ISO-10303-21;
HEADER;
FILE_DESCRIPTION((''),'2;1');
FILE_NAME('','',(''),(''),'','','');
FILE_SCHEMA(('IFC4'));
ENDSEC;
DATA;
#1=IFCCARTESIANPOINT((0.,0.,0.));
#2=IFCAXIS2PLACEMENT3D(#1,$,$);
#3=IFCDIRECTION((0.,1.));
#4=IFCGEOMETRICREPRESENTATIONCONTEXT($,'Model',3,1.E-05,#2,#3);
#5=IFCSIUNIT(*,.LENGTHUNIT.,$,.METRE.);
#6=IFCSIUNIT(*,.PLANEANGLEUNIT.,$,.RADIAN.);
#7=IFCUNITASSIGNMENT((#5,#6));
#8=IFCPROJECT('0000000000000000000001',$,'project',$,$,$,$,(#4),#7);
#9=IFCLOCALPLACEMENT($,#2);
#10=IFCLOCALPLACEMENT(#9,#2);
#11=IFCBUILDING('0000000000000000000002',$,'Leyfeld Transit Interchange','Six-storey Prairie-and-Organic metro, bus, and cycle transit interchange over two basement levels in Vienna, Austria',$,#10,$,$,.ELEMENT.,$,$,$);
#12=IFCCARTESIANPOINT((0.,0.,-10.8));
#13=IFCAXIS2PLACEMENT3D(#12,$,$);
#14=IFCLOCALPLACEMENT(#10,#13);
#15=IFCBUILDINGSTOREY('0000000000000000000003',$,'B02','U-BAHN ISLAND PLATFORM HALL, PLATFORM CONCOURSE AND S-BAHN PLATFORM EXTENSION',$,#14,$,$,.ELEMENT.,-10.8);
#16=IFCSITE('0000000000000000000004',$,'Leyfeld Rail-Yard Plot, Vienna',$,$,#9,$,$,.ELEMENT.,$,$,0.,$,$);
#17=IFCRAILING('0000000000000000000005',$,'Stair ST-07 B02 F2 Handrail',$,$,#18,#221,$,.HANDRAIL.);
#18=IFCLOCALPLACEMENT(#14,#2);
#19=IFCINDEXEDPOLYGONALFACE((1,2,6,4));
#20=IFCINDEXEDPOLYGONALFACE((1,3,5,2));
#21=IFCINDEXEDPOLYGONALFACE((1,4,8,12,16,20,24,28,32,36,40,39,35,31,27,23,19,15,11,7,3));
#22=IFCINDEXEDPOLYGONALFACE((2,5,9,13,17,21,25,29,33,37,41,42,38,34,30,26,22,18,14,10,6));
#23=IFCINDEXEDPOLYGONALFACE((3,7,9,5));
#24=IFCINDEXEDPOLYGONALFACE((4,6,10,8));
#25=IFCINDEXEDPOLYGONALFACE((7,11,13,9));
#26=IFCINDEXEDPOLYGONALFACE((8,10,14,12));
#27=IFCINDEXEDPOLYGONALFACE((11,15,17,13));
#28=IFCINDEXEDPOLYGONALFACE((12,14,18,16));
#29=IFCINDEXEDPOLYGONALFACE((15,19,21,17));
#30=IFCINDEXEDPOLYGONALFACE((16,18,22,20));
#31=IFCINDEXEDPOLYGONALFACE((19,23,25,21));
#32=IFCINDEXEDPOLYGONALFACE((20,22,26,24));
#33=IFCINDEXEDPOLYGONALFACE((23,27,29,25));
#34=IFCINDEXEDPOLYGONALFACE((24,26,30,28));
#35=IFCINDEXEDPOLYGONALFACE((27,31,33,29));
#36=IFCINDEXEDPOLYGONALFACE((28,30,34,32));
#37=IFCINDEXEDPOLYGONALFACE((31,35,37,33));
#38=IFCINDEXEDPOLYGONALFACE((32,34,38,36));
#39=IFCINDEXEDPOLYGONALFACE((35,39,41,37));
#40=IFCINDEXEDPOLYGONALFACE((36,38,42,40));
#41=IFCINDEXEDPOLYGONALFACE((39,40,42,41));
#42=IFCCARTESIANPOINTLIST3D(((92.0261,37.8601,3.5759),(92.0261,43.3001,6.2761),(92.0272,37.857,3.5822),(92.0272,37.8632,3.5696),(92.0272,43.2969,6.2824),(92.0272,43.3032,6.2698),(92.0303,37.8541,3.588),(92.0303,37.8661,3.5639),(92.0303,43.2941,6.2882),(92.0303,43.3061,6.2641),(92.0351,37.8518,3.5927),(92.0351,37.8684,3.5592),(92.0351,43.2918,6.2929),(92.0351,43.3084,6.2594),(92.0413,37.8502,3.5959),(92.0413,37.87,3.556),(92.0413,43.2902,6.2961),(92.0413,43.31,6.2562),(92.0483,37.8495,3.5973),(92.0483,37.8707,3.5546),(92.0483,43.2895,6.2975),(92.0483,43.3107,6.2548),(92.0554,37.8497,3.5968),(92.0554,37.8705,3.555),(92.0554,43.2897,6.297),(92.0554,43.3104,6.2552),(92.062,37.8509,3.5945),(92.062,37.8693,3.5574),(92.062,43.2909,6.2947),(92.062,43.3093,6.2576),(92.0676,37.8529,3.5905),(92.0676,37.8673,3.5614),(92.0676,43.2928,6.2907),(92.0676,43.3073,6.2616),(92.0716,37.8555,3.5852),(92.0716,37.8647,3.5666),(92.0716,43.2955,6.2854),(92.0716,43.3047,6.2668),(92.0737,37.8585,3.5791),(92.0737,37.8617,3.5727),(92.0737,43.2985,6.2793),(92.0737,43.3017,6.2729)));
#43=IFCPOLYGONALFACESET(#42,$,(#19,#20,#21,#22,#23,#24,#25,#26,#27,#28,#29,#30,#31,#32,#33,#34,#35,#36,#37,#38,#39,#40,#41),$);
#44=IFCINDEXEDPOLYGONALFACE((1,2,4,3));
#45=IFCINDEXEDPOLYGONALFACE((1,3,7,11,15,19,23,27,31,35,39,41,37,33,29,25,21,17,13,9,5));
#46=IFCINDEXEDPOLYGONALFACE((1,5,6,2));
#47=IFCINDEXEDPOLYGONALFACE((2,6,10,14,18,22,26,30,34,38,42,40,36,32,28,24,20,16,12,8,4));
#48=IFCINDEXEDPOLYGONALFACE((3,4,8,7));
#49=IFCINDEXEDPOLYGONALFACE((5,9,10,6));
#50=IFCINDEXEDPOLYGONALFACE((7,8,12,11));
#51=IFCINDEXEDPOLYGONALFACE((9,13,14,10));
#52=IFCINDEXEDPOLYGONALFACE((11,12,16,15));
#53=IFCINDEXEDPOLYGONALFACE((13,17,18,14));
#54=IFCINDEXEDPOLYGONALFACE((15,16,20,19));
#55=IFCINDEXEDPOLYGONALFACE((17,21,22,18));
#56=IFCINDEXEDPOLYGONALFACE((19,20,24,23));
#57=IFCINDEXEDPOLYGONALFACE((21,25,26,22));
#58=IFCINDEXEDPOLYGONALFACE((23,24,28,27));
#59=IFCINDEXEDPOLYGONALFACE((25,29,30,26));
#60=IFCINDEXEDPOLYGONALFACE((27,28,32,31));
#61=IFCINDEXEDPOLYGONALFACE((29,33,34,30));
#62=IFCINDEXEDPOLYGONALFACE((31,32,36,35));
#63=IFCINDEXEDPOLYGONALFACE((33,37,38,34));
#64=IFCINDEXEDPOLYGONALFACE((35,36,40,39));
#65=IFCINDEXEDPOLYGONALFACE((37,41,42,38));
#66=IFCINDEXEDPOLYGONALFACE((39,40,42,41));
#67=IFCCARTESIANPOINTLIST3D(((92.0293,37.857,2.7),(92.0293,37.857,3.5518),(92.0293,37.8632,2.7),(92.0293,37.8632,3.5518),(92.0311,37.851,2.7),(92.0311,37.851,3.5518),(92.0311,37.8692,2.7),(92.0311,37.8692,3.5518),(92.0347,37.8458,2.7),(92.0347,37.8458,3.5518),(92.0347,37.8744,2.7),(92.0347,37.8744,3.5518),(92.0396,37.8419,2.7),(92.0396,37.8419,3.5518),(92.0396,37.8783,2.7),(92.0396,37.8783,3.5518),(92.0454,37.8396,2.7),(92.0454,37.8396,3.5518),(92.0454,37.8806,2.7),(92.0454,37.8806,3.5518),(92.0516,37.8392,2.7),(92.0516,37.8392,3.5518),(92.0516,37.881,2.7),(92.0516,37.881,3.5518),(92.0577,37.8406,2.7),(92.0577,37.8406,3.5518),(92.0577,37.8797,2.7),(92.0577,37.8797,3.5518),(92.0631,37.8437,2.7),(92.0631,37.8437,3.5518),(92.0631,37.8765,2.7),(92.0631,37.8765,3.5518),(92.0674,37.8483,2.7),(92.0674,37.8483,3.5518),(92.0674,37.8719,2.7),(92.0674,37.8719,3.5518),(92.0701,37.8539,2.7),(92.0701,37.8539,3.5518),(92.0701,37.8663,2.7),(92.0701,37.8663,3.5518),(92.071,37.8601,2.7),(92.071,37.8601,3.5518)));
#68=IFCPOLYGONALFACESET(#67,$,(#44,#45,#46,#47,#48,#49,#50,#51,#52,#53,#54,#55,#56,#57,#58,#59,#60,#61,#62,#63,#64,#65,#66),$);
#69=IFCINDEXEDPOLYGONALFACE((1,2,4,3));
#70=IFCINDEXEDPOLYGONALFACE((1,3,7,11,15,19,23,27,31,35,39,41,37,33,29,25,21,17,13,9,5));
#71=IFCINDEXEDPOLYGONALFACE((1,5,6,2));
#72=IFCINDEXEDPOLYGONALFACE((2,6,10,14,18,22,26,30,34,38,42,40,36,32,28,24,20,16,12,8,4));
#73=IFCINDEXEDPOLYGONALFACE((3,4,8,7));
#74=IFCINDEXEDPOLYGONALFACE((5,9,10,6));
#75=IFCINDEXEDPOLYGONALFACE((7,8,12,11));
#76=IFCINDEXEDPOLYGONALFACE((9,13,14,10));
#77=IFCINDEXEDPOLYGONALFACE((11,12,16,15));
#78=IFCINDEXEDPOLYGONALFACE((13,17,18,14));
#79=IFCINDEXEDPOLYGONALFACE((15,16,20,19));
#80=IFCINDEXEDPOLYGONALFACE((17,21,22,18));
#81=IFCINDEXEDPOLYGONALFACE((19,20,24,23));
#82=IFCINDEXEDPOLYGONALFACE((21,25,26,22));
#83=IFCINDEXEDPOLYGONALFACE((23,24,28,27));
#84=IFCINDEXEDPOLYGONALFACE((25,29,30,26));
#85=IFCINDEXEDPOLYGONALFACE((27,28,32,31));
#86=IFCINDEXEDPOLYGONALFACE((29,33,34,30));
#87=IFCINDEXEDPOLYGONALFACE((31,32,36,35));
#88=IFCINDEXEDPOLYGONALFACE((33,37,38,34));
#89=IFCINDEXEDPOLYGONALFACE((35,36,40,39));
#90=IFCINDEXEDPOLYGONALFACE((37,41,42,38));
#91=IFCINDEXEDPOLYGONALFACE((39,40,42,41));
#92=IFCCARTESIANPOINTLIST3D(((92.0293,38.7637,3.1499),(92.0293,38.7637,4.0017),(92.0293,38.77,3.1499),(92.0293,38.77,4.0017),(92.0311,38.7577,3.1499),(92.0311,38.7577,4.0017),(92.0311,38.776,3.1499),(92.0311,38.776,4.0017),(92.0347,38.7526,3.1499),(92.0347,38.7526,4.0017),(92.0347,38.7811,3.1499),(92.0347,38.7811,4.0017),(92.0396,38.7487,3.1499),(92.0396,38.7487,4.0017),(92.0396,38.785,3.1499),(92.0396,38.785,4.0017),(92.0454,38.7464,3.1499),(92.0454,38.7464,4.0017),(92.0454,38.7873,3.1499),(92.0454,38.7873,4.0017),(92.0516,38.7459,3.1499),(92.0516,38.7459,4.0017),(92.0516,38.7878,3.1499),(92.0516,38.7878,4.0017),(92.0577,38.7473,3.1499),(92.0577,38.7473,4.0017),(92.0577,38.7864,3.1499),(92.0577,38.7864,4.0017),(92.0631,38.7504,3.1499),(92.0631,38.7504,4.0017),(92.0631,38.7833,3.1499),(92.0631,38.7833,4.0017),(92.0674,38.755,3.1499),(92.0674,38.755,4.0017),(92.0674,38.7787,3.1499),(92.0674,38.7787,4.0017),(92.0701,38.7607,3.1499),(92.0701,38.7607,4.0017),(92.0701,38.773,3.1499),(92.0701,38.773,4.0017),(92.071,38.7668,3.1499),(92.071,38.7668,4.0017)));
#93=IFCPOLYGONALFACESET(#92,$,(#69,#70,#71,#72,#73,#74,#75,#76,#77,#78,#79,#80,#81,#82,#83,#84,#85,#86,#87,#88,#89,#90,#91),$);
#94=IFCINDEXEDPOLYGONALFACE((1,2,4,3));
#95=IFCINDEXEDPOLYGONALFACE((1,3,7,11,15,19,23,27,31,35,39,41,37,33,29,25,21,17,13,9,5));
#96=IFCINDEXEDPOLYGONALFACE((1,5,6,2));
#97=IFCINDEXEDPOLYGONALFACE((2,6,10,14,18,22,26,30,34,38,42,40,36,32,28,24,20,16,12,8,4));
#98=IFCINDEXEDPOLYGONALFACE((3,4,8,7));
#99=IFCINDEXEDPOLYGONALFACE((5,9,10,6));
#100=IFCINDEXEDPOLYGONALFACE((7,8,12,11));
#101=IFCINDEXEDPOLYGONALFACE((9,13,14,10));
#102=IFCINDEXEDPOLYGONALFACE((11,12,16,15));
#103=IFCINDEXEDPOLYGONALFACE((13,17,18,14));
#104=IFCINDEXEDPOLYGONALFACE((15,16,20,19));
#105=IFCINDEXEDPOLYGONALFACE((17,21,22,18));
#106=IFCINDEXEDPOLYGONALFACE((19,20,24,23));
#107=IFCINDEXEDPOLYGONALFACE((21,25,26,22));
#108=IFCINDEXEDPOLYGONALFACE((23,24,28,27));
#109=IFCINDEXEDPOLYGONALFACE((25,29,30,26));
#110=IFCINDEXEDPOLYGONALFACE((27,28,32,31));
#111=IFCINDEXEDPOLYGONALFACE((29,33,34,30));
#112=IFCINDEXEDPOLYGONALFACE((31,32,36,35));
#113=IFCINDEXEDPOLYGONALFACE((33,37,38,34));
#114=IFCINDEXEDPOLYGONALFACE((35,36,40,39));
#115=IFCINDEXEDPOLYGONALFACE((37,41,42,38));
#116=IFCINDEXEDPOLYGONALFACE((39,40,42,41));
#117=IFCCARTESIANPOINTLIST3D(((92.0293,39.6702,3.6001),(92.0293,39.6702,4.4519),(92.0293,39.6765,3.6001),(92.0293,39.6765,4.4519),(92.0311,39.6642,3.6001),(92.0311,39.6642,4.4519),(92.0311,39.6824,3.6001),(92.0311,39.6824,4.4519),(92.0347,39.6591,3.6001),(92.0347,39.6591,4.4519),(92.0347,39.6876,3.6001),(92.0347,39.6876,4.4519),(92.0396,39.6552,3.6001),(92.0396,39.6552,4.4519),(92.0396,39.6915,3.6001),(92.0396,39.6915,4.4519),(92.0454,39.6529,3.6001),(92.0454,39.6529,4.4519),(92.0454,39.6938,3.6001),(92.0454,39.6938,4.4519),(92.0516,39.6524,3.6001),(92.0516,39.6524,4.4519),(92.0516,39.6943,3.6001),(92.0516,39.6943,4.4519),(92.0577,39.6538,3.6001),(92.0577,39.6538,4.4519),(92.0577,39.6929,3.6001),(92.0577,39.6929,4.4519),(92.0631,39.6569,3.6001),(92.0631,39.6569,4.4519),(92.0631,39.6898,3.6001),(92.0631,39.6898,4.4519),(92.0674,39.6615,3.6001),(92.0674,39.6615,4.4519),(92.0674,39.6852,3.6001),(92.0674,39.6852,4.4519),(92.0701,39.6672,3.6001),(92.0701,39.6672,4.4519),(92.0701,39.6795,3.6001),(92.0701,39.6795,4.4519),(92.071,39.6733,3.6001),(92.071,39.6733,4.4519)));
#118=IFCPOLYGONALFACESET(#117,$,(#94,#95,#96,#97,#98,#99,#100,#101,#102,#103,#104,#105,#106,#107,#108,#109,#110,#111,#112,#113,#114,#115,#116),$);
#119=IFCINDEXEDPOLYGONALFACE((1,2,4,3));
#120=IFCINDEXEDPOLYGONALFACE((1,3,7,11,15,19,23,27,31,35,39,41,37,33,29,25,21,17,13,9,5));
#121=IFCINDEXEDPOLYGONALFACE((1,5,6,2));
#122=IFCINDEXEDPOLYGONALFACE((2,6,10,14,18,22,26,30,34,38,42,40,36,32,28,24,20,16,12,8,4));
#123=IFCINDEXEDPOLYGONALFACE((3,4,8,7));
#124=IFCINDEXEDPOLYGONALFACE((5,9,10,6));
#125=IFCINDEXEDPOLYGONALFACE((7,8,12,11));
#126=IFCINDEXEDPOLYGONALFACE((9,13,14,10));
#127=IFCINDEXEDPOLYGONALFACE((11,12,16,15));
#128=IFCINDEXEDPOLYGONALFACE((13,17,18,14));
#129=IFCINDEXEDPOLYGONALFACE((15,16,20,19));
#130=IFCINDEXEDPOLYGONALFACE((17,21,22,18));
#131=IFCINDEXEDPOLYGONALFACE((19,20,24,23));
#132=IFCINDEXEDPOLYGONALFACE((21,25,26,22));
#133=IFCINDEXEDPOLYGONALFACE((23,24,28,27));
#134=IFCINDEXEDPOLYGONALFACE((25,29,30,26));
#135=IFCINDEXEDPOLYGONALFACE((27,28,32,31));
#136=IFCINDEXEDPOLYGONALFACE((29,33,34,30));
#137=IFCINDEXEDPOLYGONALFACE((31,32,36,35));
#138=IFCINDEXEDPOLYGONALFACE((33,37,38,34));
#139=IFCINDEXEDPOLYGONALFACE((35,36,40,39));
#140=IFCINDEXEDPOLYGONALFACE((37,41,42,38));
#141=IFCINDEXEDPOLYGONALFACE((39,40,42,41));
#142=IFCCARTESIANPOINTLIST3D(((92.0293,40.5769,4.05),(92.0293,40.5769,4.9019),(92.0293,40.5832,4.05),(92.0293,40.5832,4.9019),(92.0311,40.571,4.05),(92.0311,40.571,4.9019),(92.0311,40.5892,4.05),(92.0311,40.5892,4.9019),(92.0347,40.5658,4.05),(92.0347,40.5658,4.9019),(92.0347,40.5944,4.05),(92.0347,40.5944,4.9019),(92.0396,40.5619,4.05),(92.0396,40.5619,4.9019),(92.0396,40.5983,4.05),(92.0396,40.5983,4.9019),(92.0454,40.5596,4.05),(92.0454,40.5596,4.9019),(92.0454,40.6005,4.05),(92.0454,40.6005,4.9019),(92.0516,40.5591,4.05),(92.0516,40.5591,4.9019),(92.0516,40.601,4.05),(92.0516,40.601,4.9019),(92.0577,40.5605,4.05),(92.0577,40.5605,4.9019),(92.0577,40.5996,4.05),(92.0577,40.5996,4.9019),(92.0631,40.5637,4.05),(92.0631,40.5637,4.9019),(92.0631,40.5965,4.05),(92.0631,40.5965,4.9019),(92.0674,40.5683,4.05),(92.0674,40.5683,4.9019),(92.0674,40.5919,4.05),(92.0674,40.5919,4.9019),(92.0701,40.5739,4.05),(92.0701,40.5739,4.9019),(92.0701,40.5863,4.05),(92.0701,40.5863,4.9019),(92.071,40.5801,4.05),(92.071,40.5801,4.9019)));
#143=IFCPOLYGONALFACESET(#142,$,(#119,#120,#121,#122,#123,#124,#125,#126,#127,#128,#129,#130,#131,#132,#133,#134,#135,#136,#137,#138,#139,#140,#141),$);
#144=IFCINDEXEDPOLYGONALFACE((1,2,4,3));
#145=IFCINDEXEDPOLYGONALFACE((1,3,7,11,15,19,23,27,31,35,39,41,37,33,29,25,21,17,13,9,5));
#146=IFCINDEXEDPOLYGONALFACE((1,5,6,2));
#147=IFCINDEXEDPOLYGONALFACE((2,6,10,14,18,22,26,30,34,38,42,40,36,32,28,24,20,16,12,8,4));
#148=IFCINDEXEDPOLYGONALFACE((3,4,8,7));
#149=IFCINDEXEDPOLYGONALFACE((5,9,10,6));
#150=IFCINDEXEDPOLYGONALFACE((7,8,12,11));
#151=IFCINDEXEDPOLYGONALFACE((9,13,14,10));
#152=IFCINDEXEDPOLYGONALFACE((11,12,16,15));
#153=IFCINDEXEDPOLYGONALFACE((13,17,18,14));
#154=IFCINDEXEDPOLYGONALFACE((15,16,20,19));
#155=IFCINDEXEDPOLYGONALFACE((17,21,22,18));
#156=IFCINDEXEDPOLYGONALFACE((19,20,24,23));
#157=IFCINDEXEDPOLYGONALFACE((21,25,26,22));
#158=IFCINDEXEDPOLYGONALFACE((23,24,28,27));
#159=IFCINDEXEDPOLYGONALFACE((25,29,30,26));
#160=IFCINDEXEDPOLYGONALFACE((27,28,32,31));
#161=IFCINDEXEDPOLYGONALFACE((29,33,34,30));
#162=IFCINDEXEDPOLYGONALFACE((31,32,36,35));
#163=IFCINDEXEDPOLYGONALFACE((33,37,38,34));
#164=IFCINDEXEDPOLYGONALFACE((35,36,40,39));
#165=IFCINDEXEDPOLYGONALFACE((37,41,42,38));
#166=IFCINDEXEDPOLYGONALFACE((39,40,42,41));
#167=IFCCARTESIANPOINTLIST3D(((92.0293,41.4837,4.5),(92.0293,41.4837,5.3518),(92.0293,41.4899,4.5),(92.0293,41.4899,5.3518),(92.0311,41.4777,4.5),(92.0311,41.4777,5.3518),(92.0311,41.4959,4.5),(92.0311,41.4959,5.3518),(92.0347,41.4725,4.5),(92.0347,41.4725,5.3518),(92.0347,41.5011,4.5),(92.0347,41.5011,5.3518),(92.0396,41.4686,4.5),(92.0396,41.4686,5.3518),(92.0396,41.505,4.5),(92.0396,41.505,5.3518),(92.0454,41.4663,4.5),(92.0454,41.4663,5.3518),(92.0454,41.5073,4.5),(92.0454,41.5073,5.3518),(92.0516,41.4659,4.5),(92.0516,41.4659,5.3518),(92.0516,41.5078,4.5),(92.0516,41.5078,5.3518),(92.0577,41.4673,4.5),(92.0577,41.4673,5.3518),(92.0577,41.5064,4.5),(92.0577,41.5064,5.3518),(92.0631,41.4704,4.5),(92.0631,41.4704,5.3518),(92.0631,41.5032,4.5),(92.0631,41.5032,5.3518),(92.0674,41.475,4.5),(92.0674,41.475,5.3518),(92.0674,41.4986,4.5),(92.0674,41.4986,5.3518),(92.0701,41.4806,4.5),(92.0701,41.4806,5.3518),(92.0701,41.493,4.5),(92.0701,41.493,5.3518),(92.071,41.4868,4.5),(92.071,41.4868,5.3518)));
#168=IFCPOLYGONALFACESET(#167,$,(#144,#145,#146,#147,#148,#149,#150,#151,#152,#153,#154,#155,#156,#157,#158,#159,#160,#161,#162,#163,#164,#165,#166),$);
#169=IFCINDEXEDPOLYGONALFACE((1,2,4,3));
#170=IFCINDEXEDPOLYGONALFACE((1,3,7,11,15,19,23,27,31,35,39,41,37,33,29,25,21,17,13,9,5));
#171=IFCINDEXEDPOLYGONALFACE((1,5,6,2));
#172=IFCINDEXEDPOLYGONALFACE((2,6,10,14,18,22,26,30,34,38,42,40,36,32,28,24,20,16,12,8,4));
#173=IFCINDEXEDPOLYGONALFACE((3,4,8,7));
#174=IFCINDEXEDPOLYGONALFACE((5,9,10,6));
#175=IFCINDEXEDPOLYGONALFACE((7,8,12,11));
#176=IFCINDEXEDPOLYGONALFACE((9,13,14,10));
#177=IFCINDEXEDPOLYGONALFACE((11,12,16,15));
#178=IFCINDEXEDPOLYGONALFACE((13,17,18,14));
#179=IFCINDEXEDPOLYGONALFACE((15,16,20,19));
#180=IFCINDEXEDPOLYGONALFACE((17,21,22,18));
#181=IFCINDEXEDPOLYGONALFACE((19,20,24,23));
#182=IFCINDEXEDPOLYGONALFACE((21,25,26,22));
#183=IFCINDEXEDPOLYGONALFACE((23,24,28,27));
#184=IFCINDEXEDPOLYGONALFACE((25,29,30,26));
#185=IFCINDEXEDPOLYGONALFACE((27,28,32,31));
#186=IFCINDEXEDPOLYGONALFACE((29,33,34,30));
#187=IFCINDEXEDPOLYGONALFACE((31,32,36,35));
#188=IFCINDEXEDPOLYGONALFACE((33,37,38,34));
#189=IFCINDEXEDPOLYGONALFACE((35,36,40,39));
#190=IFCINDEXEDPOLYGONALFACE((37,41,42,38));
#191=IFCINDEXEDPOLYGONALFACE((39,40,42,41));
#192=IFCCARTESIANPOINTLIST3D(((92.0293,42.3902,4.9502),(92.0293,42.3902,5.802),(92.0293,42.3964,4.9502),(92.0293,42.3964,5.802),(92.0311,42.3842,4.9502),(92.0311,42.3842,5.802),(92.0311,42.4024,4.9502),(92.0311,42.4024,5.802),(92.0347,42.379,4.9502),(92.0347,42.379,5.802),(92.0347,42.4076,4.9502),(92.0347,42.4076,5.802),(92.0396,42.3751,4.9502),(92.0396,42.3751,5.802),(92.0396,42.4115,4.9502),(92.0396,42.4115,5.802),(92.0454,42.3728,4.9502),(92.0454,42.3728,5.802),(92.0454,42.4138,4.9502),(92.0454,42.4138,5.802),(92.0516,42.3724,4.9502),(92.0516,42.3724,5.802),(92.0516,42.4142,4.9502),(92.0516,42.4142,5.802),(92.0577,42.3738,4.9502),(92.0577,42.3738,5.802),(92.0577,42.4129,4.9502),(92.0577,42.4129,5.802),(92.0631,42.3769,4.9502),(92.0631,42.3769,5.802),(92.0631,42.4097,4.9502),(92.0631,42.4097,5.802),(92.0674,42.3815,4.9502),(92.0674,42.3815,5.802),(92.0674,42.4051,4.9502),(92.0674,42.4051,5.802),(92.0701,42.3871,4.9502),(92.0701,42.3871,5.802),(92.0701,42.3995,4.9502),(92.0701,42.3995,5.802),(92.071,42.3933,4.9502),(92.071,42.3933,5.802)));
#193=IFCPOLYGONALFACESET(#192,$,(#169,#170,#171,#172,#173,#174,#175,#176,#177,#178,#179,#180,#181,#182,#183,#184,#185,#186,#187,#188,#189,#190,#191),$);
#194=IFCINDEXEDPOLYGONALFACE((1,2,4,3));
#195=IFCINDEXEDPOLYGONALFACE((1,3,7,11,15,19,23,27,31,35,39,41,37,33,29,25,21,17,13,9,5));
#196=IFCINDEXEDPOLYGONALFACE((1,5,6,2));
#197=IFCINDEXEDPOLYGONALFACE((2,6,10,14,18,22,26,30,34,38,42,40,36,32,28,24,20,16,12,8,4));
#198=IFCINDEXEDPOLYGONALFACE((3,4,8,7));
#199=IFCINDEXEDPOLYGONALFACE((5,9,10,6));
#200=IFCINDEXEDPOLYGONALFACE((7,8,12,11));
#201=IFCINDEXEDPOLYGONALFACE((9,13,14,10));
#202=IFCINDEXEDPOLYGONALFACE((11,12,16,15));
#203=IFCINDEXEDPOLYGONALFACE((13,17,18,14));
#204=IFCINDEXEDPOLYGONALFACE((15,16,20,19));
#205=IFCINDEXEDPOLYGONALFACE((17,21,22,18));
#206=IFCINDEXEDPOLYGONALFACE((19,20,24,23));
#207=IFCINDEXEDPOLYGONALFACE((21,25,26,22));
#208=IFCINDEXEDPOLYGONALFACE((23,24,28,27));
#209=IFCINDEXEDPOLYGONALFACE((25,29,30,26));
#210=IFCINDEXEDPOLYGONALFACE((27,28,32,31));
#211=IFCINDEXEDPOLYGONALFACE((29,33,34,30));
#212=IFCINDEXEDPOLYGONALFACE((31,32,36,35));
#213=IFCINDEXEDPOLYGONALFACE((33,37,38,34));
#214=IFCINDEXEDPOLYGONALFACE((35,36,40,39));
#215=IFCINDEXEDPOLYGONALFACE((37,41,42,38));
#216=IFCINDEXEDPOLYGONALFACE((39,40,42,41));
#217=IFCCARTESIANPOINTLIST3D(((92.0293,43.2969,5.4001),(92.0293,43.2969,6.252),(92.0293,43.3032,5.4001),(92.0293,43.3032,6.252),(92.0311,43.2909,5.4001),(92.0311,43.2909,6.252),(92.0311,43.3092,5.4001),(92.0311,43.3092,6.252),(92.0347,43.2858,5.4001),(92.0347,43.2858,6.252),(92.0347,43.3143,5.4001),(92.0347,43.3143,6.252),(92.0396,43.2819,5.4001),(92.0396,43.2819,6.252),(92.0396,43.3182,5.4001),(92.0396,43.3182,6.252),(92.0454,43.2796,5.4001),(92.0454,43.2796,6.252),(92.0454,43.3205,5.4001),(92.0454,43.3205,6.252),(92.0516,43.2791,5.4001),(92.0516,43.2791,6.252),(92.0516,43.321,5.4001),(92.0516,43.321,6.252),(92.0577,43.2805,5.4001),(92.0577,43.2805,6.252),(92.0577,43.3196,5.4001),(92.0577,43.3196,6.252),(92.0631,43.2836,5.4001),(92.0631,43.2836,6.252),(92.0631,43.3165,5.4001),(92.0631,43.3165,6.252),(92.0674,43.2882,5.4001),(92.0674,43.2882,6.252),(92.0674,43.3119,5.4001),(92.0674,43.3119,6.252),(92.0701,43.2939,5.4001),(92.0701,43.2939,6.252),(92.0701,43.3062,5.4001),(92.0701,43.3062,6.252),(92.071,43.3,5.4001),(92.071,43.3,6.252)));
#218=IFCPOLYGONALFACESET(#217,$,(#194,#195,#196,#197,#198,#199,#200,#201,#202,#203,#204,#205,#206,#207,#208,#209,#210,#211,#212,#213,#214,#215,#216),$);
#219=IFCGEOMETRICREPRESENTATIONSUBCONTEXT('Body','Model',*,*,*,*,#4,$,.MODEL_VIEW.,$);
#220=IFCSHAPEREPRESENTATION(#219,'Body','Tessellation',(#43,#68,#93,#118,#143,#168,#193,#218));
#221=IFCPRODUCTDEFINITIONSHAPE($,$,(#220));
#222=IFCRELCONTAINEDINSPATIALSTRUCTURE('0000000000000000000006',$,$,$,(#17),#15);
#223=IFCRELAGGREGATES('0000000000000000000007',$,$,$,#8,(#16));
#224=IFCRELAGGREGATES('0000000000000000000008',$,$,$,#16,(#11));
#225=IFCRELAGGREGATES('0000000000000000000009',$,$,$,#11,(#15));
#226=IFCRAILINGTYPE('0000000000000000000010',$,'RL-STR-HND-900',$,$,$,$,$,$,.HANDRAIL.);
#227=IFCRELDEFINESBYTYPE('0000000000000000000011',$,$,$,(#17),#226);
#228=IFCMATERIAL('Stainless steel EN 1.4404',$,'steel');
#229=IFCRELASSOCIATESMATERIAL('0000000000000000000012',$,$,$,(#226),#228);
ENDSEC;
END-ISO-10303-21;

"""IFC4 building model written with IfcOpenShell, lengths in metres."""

from ifc_helpers import new_model, si_unit, direction, frame, origin, origin_2d, place, context, subcontext, project, spatial, circle, extrude, material, type_object, element, save


model = new_model("IFC4")

# Units and contexts
model_context = context("Model", 3, precision=1e-05, world=origin(), true_north=direction((0.0, 1.0)))
body_context = subcontext(model_context, "Body", "Model", "MODEL_VIEW")
ifc_project = project(units=[si_unit("LENGTHUNIT", "METRE"), si_unit("PLANEANGLEUNIT", "RADIAN")], contexts=[model_context])

# Site, building, storey
site_placement = place(None, origin())
site = spatial("IfcSite", under=ifc_project, at=site_placement, Name="Leyfeld Rail-Yard Plot, Vienna", CompositionType="ELEMENT", RefElevation=0.0)
building_placement = place(site_placement, origin())
building = spatial("IfcBuilding", under=site, at=building_placement, Name="Leyfeld Transit Interchange", Description="Six-storey Prairie-and-Organic metro, bus, and cycle transit interchange over two basement levels in Vienna, Austria", CompositionType="ELEMENT")
storey_placement = place(building_placement, frame((0.0, 0.0, -10.8)))
storey = spatial("IfcBuildingStorey", under=building, at=storey_placement, Name="B02", Description="U-BAHN ISLAND PLATFORM HALL, PLATFORM CONCOURSE AND S-BAHN PLATFORM EXTENSION", CompositionType="ELEMENT", Elevation=-10.8)

# Railing
ifc_material_1 = material(Name="Stainless steel EN 1.4404", Category="steel")
railing_type_1 = type_object("IfcRailingType", Name="RL-STR-HND-900", PredefinedType="HANDRAIL", material=ifc_material_1)
railing_1_placement = place(storey_placement, frame((92.05, 37.8601, 2.7)))
element("IfcRailing", 1, at=railing_1_placement, inside=storey, type_object=railing_type_1, Name="Stair ST-07 B02 F2 Handrail", PredefinedType="HANDRAIL", context=body_context, shape_type="SweptSolid", body=[
    extrude(circle(Radius=0.0239, at=origin_2d()), frame((0.0, 0.0, 0.876), z_axis=(0.0, 0.895726, 0.444607), x_axis=(-1.0, 0.0, 0.0)), (0.0, 0.0, 1.0), 6.0732),
    extrude(circle(Radius=0.021, at=origin_2d()), origin(), (0.0, 0.0, 1.0), 0.8518),
    extrude(circle(Radius=0.021, at=origin_2d()), frame((0.0, 0.9067, 0.45)), (0.0, 0.0, 1.0), 0.8518),
    extrude(circle(Radius=0.021, at=origin_2d()), frame((0.0, 1.8132, 0.9001)), (0.0, 0.0, 1.0), 0.8518),
    extrude(circle(Radius=0.021, at=origin_2d()), frame((0.0, 2.72, 1.3501)), (0.0, 0.0, 1.0), 0.8518),
    extrude(circle(Radius=0.021, at=origin_2d()), frame((0.0, 3.6267, 1.8)), (0.0, 0.0, 1.0), 0.8518),
    extrude(circle(Radius=0.021, at=origin_2d()), frame((0.0, 4.5332, 2.2502)), (0.0, 0.0, 1.0), 0.8518),
    extrude(circle(Radius=0.021, at=origin_2d()), frame((0.0, 5.4399, 2.7002)), (0.0, 0.0, 1.0), 0.8518),
])

save(model, "model.ifc")
